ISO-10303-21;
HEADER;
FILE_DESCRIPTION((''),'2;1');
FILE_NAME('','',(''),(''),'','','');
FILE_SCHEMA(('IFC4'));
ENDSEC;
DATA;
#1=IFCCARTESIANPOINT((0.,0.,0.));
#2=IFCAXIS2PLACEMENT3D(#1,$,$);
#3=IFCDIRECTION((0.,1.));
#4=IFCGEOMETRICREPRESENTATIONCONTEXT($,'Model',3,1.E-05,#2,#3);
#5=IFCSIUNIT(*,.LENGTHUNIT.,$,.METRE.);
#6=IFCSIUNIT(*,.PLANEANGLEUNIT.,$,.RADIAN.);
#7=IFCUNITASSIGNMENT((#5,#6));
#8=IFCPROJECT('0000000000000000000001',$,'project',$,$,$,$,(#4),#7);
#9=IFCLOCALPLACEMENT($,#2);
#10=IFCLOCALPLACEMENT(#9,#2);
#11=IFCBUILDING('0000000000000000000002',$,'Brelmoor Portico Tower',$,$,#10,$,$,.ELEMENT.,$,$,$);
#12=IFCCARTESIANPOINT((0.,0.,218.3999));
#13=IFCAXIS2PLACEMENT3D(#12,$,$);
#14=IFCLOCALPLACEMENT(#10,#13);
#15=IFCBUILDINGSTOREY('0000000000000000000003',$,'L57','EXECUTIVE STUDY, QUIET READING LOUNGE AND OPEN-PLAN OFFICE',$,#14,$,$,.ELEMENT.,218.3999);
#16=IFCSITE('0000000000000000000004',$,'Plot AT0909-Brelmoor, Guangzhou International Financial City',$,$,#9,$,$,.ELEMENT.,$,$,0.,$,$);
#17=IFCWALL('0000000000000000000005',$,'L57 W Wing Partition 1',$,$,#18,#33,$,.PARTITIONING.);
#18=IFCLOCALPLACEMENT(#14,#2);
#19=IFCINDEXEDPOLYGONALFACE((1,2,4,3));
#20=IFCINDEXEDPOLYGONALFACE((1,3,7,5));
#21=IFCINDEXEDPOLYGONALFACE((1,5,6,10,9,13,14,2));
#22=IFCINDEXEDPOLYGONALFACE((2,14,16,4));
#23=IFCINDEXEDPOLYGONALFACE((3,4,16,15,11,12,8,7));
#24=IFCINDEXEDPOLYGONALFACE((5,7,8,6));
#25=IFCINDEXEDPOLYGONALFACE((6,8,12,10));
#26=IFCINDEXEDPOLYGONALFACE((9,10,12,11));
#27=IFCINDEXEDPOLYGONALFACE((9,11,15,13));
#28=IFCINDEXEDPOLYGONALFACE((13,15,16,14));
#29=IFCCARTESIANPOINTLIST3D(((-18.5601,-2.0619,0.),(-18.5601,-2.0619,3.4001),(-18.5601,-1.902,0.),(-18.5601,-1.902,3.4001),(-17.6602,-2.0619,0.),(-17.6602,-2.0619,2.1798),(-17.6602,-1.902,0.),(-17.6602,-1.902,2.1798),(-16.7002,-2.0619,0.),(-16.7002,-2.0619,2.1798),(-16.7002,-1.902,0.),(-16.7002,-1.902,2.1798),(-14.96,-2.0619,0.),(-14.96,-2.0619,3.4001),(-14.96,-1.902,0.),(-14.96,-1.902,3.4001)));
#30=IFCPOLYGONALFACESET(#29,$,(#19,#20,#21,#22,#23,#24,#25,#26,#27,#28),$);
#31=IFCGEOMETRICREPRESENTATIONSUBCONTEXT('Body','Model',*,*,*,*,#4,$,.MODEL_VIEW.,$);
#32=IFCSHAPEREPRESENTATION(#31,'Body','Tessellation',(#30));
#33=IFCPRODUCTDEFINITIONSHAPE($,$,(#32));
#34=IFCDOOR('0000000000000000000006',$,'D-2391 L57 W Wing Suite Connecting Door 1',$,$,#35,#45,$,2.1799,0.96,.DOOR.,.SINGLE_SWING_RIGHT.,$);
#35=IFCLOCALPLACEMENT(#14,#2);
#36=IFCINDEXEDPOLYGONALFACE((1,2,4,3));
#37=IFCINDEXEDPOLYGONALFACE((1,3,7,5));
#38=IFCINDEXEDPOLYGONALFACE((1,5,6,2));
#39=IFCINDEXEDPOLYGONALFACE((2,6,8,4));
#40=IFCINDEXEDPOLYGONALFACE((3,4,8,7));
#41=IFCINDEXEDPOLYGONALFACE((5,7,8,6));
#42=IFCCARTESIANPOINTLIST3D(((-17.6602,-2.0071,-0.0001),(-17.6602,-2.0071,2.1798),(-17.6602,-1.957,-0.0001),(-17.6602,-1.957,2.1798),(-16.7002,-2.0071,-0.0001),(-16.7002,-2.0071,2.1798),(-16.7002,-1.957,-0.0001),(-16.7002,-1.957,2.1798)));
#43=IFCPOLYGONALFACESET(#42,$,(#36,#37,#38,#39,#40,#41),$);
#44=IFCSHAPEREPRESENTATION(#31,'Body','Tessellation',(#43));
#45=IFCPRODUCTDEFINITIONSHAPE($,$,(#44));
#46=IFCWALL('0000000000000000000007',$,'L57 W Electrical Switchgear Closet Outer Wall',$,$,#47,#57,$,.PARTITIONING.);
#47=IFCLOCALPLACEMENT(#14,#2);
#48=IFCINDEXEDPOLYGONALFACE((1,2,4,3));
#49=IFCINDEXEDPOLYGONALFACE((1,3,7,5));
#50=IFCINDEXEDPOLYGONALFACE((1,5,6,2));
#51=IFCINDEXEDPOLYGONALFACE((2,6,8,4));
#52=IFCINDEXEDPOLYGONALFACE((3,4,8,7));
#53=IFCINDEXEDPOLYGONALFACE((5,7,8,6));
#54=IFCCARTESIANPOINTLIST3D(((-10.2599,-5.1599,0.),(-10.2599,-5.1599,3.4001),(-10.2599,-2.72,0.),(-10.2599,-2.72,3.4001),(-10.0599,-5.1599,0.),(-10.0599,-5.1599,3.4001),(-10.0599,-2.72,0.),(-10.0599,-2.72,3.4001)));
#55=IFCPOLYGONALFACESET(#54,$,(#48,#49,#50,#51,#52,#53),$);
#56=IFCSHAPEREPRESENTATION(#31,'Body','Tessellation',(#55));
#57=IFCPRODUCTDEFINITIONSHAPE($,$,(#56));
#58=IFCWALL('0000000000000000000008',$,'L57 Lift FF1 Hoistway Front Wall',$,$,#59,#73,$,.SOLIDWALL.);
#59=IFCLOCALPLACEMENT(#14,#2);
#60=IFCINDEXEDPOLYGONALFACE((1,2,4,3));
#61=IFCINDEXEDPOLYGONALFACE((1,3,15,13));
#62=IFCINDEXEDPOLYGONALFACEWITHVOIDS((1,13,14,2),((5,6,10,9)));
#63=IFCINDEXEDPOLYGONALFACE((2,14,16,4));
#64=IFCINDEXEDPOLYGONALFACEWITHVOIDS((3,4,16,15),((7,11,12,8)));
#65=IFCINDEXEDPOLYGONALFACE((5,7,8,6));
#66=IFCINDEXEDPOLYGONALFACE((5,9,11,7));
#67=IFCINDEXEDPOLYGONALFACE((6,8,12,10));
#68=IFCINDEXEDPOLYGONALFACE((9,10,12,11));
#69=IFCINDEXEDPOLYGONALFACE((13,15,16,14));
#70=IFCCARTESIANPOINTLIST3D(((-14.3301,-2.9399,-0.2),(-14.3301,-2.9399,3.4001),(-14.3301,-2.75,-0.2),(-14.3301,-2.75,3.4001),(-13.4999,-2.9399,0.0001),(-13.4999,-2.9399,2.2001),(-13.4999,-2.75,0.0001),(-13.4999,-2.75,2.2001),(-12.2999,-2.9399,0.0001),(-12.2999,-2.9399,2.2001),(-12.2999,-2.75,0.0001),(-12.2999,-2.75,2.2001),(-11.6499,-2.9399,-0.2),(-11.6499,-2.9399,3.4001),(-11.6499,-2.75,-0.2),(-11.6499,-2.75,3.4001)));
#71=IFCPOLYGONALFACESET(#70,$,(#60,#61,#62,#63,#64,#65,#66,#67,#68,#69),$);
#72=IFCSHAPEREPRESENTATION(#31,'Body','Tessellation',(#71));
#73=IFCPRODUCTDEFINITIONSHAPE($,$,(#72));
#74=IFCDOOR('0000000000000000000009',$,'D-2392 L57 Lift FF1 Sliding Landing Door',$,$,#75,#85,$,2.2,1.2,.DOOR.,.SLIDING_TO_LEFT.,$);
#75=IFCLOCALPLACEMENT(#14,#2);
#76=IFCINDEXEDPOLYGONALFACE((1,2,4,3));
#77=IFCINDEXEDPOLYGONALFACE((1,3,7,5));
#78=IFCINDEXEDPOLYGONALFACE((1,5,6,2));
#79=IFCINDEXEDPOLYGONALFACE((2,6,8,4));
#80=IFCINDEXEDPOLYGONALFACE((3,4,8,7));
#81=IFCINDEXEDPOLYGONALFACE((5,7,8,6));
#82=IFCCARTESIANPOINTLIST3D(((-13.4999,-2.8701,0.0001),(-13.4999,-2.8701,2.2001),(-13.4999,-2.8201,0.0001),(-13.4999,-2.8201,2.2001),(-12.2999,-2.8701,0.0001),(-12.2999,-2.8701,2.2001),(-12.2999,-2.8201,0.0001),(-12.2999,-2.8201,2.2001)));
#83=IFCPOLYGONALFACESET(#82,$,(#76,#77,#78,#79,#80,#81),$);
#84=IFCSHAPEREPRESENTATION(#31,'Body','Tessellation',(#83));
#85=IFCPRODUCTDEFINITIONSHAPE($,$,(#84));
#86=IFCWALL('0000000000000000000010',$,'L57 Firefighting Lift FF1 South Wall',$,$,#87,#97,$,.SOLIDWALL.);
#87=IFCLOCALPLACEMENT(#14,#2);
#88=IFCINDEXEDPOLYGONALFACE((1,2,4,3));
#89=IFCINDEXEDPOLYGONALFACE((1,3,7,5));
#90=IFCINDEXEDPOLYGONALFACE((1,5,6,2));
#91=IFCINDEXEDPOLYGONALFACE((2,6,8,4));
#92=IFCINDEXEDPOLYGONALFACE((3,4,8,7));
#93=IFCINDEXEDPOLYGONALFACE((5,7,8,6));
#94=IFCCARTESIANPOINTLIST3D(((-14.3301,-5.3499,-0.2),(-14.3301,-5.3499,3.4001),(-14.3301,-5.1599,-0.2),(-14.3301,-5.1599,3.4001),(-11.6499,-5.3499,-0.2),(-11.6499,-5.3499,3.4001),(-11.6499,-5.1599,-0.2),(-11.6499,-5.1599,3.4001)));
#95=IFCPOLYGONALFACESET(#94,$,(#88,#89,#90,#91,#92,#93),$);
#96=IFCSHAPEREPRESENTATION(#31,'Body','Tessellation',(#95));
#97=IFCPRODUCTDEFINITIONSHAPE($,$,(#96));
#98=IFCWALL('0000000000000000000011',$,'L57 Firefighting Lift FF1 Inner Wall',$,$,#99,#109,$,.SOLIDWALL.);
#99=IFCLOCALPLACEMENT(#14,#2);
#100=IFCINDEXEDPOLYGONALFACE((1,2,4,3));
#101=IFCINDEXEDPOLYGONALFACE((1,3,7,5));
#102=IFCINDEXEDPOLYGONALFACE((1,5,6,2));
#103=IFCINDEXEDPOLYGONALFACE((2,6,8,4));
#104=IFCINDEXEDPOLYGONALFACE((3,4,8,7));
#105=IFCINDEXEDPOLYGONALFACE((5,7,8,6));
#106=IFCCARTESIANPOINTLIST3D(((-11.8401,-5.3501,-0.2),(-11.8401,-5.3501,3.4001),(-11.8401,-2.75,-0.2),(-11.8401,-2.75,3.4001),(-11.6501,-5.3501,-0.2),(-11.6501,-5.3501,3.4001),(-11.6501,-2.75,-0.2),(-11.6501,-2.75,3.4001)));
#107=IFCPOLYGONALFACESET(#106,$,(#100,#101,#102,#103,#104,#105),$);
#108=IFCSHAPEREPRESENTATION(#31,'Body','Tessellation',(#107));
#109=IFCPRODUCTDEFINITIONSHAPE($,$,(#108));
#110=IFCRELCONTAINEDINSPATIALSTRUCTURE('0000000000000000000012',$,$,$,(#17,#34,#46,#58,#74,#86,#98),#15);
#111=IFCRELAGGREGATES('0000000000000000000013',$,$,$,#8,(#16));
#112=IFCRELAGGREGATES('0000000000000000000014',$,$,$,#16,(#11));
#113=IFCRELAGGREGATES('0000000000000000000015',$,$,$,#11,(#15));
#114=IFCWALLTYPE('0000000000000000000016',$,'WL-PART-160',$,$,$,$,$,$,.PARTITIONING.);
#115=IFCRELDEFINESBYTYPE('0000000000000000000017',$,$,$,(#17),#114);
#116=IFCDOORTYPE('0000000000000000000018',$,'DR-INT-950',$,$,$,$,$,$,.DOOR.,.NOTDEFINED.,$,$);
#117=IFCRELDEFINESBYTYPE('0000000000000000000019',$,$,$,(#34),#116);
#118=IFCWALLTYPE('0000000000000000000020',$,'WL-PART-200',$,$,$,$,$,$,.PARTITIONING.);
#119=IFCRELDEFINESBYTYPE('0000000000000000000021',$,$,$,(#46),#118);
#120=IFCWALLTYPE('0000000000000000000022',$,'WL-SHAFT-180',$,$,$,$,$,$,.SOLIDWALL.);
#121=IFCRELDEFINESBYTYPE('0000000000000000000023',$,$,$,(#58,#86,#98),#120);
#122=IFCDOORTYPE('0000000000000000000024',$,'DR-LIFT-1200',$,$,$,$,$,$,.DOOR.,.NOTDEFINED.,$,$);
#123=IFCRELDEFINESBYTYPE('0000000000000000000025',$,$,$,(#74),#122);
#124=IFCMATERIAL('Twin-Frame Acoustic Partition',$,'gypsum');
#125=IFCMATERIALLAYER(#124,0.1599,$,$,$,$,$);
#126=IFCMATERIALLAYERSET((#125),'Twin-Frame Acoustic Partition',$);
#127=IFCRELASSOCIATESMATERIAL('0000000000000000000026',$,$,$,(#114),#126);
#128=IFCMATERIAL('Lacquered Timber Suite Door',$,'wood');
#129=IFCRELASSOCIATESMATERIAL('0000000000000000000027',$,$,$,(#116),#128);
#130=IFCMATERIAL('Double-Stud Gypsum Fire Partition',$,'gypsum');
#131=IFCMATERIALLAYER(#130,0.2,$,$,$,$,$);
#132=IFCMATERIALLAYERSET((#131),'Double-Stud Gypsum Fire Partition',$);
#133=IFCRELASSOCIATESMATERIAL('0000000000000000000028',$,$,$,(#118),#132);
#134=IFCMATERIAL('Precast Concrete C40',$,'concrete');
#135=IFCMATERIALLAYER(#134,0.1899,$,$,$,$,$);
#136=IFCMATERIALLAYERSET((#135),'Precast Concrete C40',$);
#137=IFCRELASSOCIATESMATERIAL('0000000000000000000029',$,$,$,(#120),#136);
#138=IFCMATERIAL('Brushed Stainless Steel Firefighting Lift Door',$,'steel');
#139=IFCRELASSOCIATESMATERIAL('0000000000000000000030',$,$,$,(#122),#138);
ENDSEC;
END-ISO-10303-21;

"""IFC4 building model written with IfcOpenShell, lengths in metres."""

from ifc_helpers import new_model, si_unit, direction, frame, frame_2d, origin, place, context, subcontext, project, spatial, rectangle, extrude, material, layer, layer_set, type_object, element, fill, save


model = new_model("IFC4")

# Units and contexts
model_context = context("Model", 3, precision=1e-05, world=origin(), true_north=direction((0.0, 1.0)))
body_context = subcontext(model_context, "Body", "Model", "MODEL_VIEW")
ifc_project = project(units=[si_unit("LENGTHUNIT", "METRE"), si_unit("PLANEANGLEUNIT", "RADIAN")], contexts=[model_context])

# Site, building, storey
site_placement = place(None, origin())
site = spatial("IfcSite", under=ifc_project, at=site_placement, Name="Plot AT0909-Brelmoor, Guangzhou International Financial City", CompositionType="ELEMENT", RefElevation=0.0)
building_placement = place(site_placement, origin())
building = spatial("IfcBuilding", under=site, at=building_placement, Name="Brelmoor Portico Tower", CompositionType="ELEMENT")
storey_placement = place(building_placement, frame((0.0, 0.0, 218.3999)))
storey = spatial("IfcBuildingStorey", under=building, at=storey_placement, Name="L57", Description="EXECUTIVE STUDY, QUIET READING LOUNGE AND OPEN-PLAN OFFICE", CompositionType="ELEMENT", Elevation=218.3999)

# Wall, opening, door
ifc_material_1 = material(Name="Twin-Frame Acoustic Partition", Category="gypsum")
ifc_layer_1 = layer(ifc_material_1, 0.1599)
ifc_layer_set_1 = layer_set([ifc_layer_1], Name="Twin-Frame Acoustic Partition")
wall_type_1 = type_object("IfcWallType", Name="WL-PART-160", PredefinedType="PARTITIONING", material=ifc_layer_set_1)
ifc_material_2 = material(Name="Lacquered Timber Suite Door", Category="wood")
wall_1_placement = place(storey_placement, frame((-18.5601, -1.9819, 0.0), z_axis=(0.0, 0.0, 1.0), x_axis=(1.0, 0.0, 0.0)))
wall_1 = element("IfcWall", 1, at=wall_1_placement, inside=storey, type_object=wall_type_1, Name="L57 W Wing Partition 1", PredefinedType="PARTITIONING", context=body_context, shape_type="SweptSolid", body=[
    extrude(rectangle(XDim=3.6001, YDim=0.1599, at=frame_2d((1.8, 0.0))), origin(), (0.0, 0.0, 1.0), 3.4001),
])
opening_1_placement = place(wall_1_placement, frame((0.8999, 0.0, 0.0)))
opening_1 = element("IfcOpeningElement", 2, at=opening_1_placement, cuts=wall_1, PredefinedType="OPENING", context=body_context, shape_type="SweptSolid", body=[
    extrude(rectangle(XDim=0.96, YDim=2.1799, at=frame_2d((0.48, 1.0898))), frame((0.0, 0.0898, 0.0), z_axis=(0.0, -1.0, 0.0), x_axis=(1.0, 0.0, 0.0)), (0.0, 0.0, 1.0), 0.1799),
])
door_type_1 = type_object("IfcDoorType", Name="DR-INT-950", OperationType="NOTDEFINED", PredefinedType="DOOR", material=ifc_material_2)
door_1_placement = place(opening_1_placement, origin())
door_1 = element("IfcDoor", 3, at=door_1_placement, inside=storey, type_object=door_type_1, Name="D-2391 L57 W Wing Suite Connecting Door 1", OperationType="SINGLE_SWING_RIGHT", OverallHeight=2.1799, OverallWidth=0.96, PredefinedType="DOOR", context=body_context, shape_type="SweptSolid", body=[
    extrude(rectangle(XDim=0.96, YDim=2.1799, at=frame_2d((0.48, 1.0898))), frame((0.0, 0.0249, 0.0), z_axis=(0.0, -1.0, 0.0), x_axis=(1.0, 0.0, 0.0)), (0.0, 0.0, 1.0), 0.05),
])
fill(opening_1, door_1)
ifc_material_3 = material(Name="Double-Stud Gypsum Fire Partition", Category="gypsum")
ifc_layer_2 = layer(ifc_material_3, 0.2)
ifc_layer_set_2 = layer_set([ifc_layer_2], Name="Double-Stud Gypsum Fire Partition")
wall_type_2 = type_object("IfcWallType", Name="WL-PART-200", PredefinedType="PARTITIONING", material=ifc_layer_set_2)

# Wall
wall_2_placement = place(storey_placement, frame((-10.1599, -5.1599, 0.0), z_axis=(0.0, 0.0, 1.0), x_axis=(0.0, 1.0, 0.0)))
element("IfcWall", 4, at=wall_2_placement, inside=storey, type_object=wall_type_2, Name="L57 W Electrical Switchgear Closet Outer Wall", PredefinedType="PARTITIONING", context=body_context, shape_type="SweptSolid", body=[
    extrude(rectangle(XDim=2.4399, YDim=0.2, at=frame_2d((1.22, 0.0))), origin(), (0.0, 0.0, 1.0), 3.4001),
])

# Wall, opening, door
ifc_material_4 = material(Name="Precast Concrete C40", Category="concrete")
ifc_layer_3 = layer(ifc_material_4, 0.1899)
ifc_layer_set_3 = layer_set([ifc_layer_3], Name="Precast Concrete C40")
wall_type_3 = type_object("IfcWallType", Name="WL-SHAFT-180", PredefinedType="SOLIDWALL", material=ifc_layer_set_3)
wall_3_placement = place(storey_placement, frame((-14.3301, -2.845, -0.2), z_axis=(0.0, 0.0, 1.0), x_axis=(1.0, 0.0, 0.0)))
wall_3 = element("IfcWall", 5, at=wall_3_placement, inside=storey, type_object=wall_type_3, Name="L57 Lift FF1 Hoistway Front Wall", PredefinedType="SOLIDWALL", context=body_context, shape_type="SweptSolid", body=[
    extrude(rectangle(XDim=2.6802, YDim=0.1899, at=frame_2d((1.3401, 0.0))), origin(), (0.0, 0.0, 1.0), 3.6001),
])
opening_2_placement = place(wall_3_placement, frame((0.8301, 0.0, 0.2)))
opening_2 = element("IfcOpeningElement", 6, at=opening_2_placement, cuts=wall_3, PredefinedType="OPENING", context=body_context, shape_type="SweptSolid", body=[
    extrude(rectangle(XDim=1.2, YDim=2.2, at=frame_2d((0.6001, 1.1001))), frame((0.0, 0.105, 0.0), z_axis=(0.0, -1.0, 0.0), x_axis=(1.0, 0.0, 0.0)), (0.0, 0.0, 1.0), 0.21),
])
ifc_material_5 = material(Name="Brushed Stainless Steel Firefighting Lift Door", Category="steel")
door_type_2 = type_object("IfcDoorType", Name="DR-LIFT-1200", OperationType="NOTDEFINED", PredefinedType="DOOR", material=ifc_material_5)
door_2_placement = place(opening_2_placement, origin())
door_2 = element("IfcDoor", 7, at=door_2_placement, inside=storey, type_object=door_type_2, Name="D-2392 L57 Lift FF1 Sliding Landing Door", OperationType="SLIDING_TO_LEFT", OverallHeight=2.2, OverallWidth=1.2, PredefinedType="DOOR", context=body_context, shape_type="SweptSolid", body=[
    extrude(rectangle(XDim=1.2, YDim=2.2, at=frame_2d((0.6001, 1.1001))), frame((0.0, 0.0249, 0.0), z_axis=(0.0, -1.0, 0.0), x_axis=(1.0, 0.0, 0.0)), (0.0, 0.0, 1.0), 0.05),
])
fill(opening_2, door_2)

# Walls
wall_4_placement = place(storey_placement, frame((-14.3301, -5.2549, -0.2), z_axis=(0.0, 0.0, 1.0), x_axis=(1.0, 0.0, 0.0)))
element("IfcWall", 8, at=wall_4_placement, inside=storey, type_object=wall_type_3, Name="L57 Firefighting Lift FF1 South Wall", PredefinedType="SOLIDWALL", context=body_context, shape_type="SweptSolid", body=[
    extrude(rectangle(XDim=2.6802, YDim=0.1899, at=frame_2d((1.3401, 0.0))), origin(), (0.0, 0.0, 1.0), 3.6001),
])
wall_5_placement = place(storey_placement, frame((-11.7451, -5.3501, -0.2), z_axis=(0.0, 0.0, 1.0), x_axis=(0.0, 1.0, 0.0)))
element("IfcWall", 9, at=wall_5_placement, inside=storey, type_object=wall_type_3, Name="L57 Firefighting Lift FF1 Inner Wall", PredefinedType="SOLIDWALL", context=body_context, shape_type="SweptSolid", body=[
    extrude(rectangle(XDim=2.6001, YDim=0.1899, at=frame_2d((1.3, 0.0))), origin(), (0.0, 0.0, 1.0), 3.6001),
])

save(model, "model.ifc")
